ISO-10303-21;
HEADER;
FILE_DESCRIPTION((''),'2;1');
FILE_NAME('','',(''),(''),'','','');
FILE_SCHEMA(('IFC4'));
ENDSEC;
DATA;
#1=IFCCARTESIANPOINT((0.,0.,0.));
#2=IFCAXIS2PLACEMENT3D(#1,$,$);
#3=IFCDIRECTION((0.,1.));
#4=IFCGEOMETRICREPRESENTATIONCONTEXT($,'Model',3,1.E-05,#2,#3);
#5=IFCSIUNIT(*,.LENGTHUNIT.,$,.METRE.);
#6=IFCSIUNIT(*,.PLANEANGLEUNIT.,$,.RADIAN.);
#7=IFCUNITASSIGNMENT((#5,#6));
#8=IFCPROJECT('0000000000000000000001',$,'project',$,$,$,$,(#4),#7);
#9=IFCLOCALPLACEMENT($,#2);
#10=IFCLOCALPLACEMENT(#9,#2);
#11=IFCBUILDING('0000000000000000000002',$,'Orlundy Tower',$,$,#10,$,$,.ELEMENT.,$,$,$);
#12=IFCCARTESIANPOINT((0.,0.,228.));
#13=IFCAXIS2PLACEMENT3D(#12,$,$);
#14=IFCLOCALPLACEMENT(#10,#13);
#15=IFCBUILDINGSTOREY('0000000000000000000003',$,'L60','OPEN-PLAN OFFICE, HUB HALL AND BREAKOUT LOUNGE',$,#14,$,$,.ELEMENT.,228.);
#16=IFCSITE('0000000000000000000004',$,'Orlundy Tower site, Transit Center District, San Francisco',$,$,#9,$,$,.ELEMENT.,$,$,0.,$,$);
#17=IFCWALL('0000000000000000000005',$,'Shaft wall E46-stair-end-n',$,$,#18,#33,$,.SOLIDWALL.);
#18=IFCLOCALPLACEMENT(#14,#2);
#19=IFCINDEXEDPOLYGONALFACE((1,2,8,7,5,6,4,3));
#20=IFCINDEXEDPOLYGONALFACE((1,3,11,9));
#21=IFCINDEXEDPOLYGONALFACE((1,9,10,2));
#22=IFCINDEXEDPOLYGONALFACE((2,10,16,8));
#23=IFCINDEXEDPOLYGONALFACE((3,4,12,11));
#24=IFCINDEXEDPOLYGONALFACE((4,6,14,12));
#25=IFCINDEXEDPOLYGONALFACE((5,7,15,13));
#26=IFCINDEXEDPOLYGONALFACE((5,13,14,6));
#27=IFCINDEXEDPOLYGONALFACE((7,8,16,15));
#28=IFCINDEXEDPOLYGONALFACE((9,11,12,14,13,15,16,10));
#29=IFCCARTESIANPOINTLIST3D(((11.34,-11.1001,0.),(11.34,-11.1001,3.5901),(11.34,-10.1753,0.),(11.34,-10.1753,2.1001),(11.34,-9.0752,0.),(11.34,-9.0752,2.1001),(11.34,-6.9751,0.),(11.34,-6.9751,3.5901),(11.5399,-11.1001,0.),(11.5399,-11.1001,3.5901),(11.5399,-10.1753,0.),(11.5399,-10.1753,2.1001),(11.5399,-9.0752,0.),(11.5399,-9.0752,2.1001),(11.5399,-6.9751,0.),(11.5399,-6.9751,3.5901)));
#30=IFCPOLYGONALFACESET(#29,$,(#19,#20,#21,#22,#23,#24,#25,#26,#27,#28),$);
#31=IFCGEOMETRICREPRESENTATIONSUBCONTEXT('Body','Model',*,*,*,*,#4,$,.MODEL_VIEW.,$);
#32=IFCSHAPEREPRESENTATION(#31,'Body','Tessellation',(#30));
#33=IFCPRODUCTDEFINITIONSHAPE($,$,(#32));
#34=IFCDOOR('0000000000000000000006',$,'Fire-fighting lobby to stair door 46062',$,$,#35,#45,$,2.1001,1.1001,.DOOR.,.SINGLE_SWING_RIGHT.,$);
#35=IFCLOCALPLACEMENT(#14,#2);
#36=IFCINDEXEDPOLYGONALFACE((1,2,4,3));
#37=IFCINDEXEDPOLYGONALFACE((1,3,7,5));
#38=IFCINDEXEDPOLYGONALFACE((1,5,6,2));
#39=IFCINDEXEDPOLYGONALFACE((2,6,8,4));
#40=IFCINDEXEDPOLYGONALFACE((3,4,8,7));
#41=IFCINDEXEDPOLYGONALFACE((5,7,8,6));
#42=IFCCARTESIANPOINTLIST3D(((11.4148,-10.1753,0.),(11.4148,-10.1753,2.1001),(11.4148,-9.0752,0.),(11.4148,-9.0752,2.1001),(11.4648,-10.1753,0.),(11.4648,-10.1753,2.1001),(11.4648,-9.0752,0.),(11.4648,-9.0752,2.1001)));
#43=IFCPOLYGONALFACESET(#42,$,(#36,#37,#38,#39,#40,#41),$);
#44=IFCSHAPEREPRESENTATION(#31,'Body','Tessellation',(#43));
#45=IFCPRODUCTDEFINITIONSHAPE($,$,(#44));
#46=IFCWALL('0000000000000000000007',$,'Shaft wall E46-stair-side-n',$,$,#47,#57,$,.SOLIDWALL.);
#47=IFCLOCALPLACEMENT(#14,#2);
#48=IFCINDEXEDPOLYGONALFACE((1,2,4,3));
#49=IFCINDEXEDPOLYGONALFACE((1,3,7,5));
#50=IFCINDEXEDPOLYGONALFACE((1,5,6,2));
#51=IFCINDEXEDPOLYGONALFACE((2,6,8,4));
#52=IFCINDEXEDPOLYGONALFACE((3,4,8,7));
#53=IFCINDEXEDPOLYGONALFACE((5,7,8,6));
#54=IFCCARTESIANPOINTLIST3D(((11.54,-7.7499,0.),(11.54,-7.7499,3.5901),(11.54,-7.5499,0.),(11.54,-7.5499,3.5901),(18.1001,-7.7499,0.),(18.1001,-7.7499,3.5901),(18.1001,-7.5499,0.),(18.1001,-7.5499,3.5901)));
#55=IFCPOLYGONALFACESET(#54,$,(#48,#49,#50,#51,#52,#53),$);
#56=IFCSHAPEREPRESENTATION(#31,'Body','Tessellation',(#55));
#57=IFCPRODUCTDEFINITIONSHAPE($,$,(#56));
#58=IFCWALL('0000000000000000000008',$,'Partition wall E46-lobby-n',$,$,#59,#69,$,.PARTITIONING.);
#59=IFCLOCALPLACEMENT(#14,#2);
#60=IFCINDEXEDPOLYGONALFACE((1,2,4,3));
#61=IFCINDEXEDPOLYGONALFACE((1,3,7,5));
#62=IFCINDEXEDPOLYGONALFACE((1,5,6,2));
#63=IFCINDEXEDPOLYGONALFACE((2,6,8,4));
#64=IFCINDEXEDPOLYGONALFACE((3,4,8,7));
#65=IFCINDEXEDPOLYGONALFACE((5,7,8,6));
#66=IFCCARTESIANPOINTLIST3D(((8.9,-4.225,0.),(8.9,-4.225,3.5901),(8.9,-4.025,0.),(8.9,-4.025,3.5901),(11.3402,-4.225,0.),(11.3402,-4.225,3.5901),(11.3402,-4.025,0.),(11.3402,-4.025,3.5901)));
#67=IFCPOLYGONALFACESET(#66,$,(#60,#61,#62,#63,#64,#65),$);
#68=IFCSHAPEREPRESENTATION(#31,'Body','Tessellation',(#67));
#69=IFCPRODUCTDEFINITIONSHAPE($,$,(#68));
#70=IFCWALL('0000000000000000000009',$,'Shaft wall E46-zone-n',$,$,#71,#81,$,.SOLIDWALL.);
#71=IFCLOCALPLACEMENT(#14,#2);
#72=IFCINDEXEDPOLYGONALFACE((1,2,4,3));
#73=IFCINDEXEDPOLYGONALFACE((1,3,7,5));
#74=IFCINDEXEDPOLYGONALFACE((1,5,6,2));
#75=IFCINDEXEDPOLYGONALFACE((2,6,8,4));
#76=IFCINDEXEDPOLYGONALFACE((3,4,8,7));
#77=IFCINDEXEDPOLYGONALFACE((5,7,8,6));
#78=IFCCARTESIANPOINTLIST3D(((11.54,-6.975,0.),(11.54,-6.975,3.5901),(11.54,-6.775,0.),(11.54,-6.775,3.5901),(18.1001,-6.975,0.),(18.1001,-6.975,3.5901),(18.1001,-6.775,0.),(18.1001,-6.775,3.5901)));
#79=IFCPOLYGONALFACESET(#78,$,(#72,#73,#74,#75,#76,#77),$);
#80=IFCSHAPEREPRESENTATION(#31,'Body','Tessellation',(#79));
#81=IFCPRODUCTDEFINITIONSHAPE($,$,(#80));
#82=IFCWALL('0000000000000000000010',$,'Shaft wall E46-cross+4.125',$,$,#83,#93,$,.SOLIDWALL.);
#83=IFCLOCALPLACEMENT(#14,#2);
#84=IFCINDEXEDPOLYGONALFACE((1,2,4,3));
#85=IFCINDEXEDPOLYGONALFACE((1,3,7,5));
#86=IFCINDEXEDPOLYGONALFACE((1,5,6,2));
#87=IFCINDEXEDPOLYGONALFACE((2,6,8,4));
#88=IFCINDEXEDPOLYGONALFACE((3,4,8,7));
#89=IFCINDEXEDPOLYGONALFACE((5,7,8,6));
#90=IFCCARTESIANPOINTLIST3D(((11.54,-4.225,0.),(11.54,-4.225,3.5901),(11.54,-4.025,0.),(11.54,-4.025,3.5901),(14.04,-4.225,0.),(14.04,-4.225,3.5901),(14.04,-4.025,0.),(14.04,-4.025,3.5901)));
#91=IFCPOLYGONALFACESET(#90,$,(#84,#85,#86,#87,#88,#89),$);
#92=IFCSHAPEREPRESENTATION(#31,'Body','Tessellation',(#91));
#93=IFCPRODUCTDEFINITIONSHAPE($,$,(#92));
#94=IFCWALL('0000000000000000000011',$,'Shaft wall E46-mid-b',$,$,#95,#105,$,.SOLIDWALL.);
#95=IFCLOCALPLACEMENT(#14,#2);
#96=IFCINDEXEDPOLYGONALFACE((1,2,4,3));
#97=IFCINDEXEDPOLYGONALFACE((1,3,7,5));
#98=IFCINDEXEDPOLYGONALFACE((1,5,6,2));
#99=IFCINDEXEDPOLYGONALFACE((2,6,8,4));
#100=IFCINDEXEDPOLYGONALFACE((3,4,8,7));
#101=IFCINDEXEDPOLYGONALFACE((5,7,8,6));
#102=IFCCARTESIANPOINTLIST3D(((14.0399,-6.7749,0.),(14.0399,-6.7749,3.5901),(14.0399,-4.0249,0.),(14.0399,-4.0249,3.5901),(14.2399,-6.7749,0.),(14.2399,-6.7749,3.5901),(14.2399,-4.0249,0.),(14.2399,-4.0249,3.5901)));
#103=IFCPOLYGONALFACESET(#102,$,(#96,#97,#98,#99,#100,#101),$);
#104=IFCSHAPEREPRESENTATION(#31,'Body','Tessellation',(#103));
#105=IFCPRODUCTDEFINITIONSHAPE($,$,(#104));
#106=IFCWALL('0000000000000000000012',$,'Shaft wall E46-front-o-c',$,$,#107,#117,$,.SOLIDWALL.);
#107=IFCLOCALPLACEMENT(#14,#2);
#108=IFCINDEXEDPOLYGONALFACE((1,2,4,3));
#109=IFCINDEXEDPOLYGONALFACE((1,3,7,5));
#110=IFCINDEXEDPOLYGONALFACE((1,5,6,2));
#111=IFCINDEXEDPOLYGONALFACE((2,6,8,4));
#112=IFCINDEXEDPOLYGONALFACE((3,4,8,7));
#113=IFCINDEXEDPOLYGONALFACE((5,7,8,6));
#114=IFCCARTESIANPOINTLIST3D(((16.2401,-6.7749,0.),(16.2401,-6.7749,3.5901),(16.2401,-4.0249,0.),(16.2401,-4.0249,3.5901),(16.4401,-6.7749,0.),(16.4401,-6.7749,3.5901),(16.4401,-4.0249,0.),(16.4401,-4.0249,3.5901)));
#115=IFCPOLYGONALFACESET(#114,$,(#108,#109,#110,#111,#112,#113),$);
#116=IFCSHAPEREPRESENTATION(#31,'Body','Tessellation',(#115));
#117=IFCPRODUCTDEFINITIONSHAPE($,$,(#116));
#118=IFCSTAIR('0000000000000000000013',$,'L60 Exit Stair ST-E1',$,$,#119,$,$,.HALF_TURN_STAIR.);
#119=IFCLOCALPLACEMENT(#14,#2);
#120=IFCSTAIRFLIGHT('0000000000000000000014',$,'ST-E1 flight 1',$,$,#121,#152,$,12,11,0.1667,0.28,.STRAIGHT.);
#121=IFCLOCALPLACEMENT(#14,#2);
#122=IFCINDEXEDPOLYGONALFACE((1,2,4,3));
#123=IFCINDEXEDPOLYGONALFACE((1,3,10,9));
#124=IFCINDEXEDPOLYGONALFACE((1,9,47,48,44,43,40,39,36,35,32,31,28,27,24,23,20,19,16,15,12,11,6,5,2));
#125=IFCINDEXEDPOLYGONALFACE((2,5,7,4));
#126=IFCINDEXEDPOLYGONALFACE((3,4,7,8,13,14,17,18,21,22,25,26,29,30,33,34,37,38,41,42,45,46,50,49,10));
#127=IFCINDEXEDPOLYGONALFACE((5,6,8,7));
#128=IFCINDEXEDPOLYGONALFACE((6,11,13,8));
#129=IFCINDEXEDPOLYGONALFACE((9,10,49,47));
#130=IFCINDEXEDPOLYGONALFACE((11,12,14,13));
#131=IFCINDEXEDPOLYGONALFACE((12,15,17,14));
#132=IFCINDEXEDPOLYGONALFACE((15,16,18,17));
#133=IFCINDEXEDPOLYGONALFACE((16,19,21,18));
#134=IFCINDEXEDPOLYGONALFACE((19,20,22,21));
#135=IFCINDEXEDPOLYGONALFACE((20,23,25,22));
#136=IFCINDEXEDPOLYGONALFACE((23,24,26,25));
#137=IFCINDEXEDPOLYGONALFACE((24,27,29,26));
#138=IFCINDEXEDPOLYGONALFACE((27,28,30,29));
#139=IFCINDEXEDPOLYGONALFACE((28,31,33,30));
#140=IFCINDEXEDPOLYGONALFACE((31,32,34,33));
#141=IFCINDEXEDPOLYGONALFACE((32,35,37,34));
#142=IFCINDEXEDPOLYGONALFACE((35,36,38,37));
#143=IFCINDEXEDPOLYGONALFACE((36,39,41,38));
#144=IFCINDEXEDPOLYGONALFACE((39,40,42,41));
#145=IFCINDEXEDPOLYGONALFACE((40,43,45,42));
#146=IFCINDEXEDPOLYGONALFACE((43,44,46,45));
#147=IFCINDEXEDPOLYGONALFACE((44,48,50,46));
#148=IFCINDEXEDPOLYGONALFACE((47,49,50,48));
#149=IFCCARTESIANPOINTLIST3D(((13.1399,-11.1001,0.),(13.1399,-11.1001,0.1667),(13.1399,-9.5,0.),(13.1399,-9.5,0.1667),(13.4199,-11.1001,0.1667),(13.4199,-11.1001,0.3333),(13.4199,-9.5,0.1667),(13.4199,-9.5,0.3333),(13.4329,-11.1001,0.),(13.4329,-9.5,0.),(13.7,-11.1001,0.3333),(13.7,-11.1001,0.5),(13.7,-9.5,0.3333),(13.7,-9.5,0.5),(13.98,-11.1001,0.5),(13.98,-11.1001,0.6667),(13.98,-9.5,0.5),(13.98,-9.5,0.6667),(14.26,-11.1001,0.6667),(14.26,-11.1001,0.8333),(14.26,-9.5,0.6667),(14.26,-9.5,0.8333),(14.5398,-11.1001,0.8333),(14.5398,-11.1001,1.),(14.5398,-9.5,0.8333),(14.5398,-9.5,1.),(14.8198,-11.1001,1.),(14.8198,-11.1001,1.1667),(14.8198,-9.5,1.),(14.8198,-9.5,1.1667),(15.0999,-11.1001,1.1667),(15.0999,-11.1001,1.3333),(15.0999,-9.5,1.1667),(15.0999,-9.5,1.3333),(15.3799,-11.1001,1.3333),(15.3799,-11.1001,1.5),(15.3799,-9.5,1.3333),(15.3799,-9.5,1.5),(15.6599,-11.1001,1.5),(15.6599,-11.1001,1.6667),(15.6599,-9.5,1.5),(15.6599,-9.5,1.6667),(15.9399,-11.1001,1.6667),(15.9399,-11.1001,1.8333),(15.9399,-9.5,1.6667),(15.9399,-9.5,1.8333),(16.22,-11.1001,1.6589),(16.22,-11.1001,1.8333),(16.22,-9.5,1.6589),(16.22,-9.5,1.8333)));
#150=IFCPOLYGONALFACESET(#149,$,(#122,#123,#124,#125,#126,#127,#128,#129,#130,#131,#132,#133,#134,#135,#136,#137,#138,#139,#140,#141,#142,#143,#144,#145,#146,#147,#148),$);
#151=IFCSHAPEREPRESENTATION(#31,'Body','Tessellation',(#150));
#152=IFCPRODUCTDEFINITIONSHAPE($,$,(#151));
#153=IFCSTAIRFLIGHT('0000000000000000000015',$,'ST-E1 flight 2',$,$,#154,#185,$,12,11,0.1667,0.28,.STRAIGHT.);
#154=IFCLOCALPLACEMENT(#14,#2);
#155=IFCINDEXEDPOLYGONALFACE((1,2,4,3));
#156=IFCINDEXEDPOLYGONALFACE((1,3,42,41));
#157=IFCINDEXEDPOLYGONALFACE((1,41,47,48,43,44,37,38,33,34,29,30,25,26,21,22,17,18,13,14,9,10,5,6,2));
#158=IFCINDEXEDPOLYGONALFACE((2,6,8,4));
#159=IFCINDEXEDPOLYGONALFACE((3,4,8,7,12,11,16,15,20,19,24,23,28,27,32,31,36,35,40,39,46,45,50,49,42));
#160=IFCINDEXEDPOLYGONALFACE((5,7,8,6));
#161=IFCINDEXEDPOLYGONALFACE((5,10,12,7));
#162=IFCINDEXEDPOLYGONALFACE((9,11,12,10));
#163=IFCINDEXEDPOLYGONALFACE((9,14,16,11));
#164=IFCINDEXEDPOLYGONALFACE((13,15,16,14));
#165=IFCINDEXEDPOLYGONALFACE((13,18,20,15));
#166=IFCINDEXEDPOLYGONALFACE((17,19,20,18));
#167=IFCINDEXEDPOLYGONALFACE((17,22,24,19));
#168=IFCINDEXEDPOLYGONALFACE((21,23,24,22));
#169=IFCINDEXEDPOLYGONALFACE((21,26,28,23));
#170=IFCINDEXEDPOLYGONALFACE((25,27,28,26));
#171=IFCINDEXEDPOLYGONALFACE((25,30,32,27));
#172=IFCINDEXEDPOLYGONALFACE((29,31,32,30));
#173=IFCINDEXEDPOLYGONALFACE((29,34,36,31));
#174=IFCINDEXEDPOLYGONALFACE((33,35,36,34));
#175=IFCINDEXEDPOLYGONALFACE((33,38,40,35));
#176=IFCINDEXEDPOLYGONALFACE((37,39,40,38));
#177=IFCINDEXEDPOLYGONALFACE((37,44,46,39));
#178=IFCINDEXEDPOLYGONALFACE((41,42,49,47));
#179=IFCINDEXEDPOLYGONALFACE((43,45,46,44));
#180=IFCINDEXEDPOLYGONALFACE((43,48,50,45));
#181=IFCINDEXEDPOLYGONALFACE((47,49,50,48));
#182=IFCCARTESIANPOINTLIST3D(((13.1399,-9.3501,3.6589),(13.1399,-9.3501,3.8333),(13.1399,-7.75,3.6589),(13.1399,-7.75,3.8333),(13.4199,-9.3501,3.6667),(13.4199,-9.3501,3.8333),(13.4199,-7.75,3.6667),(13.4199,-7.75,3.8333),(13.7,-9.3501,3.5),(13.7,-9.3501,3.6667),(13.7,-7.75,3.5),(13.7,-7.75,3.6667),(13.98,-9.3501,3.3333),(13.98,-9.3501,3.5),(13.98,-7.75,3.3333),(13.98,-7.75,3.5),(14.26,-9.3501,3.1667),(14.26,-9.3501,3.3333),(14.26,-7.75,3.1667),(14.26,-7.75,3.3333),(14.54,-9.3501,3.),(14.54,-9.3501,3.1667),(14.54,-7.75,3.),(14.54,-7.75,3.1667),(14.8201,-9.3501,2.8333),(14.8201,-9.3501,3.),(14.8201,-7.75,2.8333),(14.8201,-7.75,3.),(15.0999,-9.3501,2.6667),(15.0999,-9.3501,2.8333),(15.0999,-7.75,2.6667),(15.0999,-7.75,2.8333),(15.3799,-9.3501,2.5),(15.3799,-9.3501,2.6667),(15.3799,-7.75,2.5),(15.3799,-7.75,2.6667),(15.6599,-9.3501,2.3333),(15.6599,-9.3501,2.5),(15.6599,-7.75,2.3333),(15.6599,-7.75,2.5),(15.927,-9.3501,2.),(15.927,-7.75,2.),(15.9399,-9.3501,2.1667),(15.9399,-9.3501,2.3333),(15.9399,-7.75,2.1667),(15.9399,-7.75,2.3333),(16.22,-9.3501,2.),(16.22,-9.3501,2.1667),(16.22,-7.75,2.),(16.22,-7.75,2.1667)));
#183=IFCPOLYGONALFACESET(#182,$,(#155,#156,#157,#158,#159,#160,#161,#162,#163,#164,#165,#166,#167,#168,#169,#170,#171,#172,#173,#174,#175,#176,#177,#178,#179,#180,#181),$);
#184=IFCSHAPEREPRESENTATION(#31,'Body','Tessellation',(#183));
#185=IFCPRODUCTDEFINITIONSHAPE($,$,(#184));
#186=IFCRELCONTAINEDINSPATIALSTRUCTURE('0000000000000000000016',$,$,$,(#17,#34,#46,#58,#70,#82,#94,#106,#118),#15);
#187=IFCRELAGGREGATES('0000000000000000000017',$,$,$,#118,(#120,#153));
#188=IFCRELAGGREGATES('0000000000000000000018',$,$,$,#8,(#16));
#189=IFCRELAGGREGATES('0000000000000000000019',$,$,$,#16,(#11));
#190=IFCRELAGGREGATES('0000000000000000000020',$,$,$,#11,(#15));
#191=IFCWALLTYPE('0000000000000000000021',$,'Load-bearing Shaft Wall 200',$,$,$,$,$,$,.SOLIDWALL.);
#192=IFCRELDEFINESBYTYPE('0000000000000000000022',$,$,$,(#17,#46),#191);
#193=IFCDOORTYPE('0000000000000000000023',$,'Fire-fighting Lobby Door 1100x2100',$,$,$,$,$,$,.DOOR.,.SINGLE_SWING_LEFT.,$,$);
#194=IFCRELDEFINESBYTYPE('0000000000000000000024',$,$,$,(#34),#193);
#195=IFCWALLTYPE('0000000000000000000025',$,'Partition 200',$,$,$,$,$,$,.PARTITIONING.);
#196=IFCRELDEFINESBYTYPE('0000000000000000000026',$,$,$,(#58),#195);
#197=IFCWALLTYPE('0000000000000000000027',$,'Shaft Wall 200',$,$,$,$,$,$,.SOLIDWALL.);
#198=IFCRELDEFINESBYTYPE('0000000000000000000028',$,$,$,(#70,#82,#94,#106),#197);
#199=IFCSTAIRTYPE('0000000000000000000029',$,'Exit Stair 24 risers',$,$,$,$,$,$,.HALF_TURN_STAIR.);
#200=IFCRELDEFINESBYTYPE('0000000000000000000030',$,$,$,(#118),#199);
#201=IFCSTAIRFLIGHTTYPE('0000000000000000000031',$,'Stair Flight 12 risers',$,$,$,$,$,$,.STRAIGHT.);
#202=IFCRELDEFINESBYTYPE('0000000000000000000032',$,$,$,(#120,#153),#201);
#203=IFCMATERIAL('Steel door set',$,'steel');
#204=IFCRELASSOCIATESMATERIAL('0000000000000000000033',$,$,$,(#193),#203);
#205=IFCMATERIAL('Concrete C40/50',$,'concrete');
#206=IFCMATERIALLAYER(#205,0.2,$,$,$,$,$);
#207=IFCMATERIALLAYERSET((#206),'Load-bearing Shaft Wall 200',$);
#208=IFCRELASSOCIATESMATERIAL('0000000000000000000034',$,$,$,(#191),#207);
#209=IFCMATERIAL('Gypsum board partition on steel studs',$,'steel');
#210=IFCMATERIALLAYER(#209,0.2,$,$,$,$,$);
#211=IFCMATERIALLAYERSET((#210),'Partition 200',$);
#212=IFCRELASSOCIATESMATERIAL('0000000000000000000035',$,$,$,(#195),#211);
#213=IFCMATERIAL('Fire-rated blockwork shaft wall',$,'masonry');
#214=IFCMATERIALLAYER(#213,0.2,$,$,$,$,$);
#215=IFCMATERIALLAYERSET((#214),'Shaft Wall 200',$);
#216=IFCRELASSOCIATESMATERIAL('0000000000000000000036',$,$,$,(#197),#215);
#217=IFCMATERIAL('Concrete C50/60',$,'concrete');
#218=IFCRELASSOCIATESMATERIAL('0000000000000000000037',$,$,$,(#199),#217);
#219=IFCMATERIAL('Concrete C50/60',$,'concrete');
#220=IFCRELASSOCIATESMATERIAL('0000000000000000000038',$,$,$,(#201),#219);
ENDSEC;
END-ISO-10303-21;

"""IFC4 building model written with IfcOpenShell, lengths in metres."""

from ifc_helpers import new_model, si_unit, direction, frame, frame_2d, origin, place, context, subcontext, project, spatial, polyline, rectangle, outline, extrude, material, layer, layer_set, type_object, element, fill, aggregate, save


model = new_model("IFC4")

# Units and contexts
model_context = context("Model", 3, precision=1e-05, world=origin(), true_north=direction((0.0, 1.0)))
body_context = subcontext(model_context, "Body", "Model", "MODEL_VIEW")
ifc_project = project(units=[si_unit("LENGTHUNIT", "METRE"), si_unit("PLANEANGLEUNIT", "RADIAN")], contexts=[model_context])

# Site, building, storey
site_placement = place(None, origin())
site = spatial("IfcSite", under=ifc_project, at=site_placement, Name="Orlundy Tower site, Transit Center District, San Francisco", CompositionType="ELEMENT", RefElevation=0.0)
building_placement = place(site_placement, origin())
building = spatial("IfcBuilding", under=site, at=building_placement, Name="Orlundy Tower", CompositionType="ELEMENT")
storey_placement = place(building_placement, frame((0.0, 0.0, 228.0)))
storey = spatial("IfcBuildingStorey", under=building, at=storey_placement, Name="L60", Description="OPEN-PLAN OFFICE, HUB HALL AND BREAKOUT LOUNGE", CompositionType="ELEMENT", Elevation=228.0)

# Shared definitions
ifc_material_1 = material(Name="Steel door set", Category="steel")
door_type_1 = type_object("IfcDoorType", Name="Fire-fighting Lobby Door 1100x2100", OperationType="SINGLE_SWING_LEFT", PredefinedType="DOOR", material=ifc_material_1)

# Wall, opening, door
ifc_material_2 = material(Name="Concrete C40/50", Category="concrete")
ifc_layer_1 = layer(ifc_material_2, 0.2)
ifc_layer_set_1 = layer_set([ifc_layer_1], Name="Load-bearing Shaft Wall 200")
wall_type_1 = type_object("IfcWallType", Name="Load-bearing Shaft Wall 200", PredefinedType="SOLIDWALL", material=ifc_layer_set_1)
wall_1_placement = place(storey_placement, frame((11.4399, -6.9751, 0.0), z_axis=(0.0, 0.0, 1.0), x_axis=(0.0, -1.0, 0.0)))
wall_1 = element("IfcWall", 1, at=wall_1_placement, inside=storey, type_object=wall_type_1, Name="Shaft wall E46-stair-end-n", PredefinedType="SOLIDWALL", context=body_context, shape_type="SweptSolid", body=[
    extrude(rectangle(XDim=4.125, YDim=0.2, at=frame_2d((2.0625, 0.0))), origin(), (0.0, 0.0, 1.0), 3.5901),
])
opening_1_placement = place(wall_1_placement, frame((2.1001, 0.0, 0.0)))
opening_1 = element("IfcOpeningElement", 2, at=opening_1_placement, cuts=wall_1, PredefinedType="OPENING", context=body_context, shape_type="SweptSolid", body=[
    extrude(rectangle(XDim=1.1001, YDim=2.1001, at=frame_2d((0.55, 1.05))), frame((0.0, 0.1101, 0.0), z_axis=(0.0, -1.0, 0.0), x_axis=(1.0, 0.0, 0.0)), (0.0, 0.0, 1.0), 0.2202),
])
door_1_placement = place(opening_1_placement, origin())
door_1 = element("IfcDoor", 3, at=door_1_placement, inside=storey, type_object=door_type_1, Name="Fire-fighting lobby to stair door 46062", OperationType="SINGLE_SWING_RIGHT", OverallHeight=2.1001, OverallWidth=1.1001, PredefinedType="DOOR", context=body_context, shape_type="SweptSolid", body=[
    extrude(rectangle(XDim=1.1001, YDim=2.1001, at=frame_2d((0.55, 1.05))), frame((0.0, 0.0249, 0.0), z_axis=(0.0, -1.0, 0.0), x_axis=(1.0, 0.0, 0.0)), (0.0, 0.0, 1.0), 0.05),
])
fill(opening_1, door_1)

# Walls
wall_2_placement = place(storey_placement, frame((11.54, -7.6499, 0.0), z_axis=(0.0, 0.0, 1.0), x_axis=(1.0, 0.0, 0.0)))
element("IfcWall", 4, at=wall_2_placement, inside=storey, type_object=wall_type_1, Name="Shaft wall E46-stair-side-n", PredefinedType="SOLIDWALL", context=body_context, shape_type="SweptSolid", body=[
    extrude(rectangle(XDim=6.5601, YDim=0.2, at=frame_2d((3.28, 0.0))), origin(), (0.0, 0.0, 1.0), 3.5901),
])
ifc_material_3 = material(Name="Gypsum board partition on steel studs", Category="steel")
ifc_layer_2 = layer(ifc_material_3, 0.2)
ifc_layer_set_2 = layer_set([ifc_layer_2], Name="Partition 200")
wall_type_2 = type_object("IfcWallType", Name="Partition 200", PredefinedType="PARTITIONING", material=ifc_layer_set_2)
wall_3_placement = place(storey_placement, frame((8.8999, -4.125, 0.0), z_axis=(0.0, 0.0, 1.0), x_axis=(1.0, 0.0, 0.0)))
element("IfcWall", 5, at=wall_3_placement, inside=storey, type_object=wall_type_2, Name="Partition wall E46-lobby-n", PredefinedType="PARTITIONING", context=body_context, shape_type="SweptSolid", body=[
    extrude(rectangle(XDim=2.4402, YDim=0.2, at=frame_2d((1.2202, 0.0))), origin(), (0.0, 0.0, 1.0), 3.5901),
])
ifc_material_4 = material(Name="Fire-rated blockwork shaft wall", Category="masonry")
ifc_layer_3 = layer(ifc_material_4, 0.2)
ifc_layer_set_3 = layer_set([ifc_layer_3], Name="Shaft Wall 200")
wall_type_3 = type_object("IfcWallType", Name="Shaft Wall 200", PredefinedType="SOLIDWALL", material=ifc_layer_set_3)
wall_4_placement = place(storey_placement, frame((11.54, -6.875, 0.0), z_axis=(0.0, 0.0, 1.0), x_axis=(1.0, 0.0, 0.0)))
element("IfcWall", 6, at=wall_4_placement, inside=storey, type_object=wall_type_3, Name="Shaft wall E46-zone-n", PredefinedType="SOLIDWALL", context=body_context, shape_type="SweptSolid", body=[
    extrude(rectangle(XDim=6.5601, YDim=0.2, at=frame_2d((3.28, 0.0))), origin(), (0.0, 0.0, 1.0), 3.5901),
])
wall_5_placement = place(storey_placement, frame((11.54, -4.125, 0.0), z_axis=(0.0, 0.0, 1.0), x_axis=(1.0, 0.0, 0.0)))
element("IfcWall", 7, at=wall_5_placement, inside=storey, type_object=wall_type_3, Name="Shaft wall E46-cross+4.125", PredefinedType="SOLIDWALL", context=body_context, shape_type="SweptSolid", body=[
    extrude(rectangle(XDim=2.5, YDim=0.2, at=frame_2d((1.25, 0.0))), origin(), (0.0, 0.0, 1.0), 3.5901),
])
for number, where, z_axis, x_axis, name in (
    (8, (14.1399, -4.0249, 0.0), (0.0, 0.0, 1.0), (0.0, -1.0, 0.0), "Shaft wall E46-mid-b"),
    (9, (16.3401, -4.0249, 0.0), (0.0, 0.0, 1.0), (0.0, -1.0, 0.0), "Shaft wall E46-front-o-c"),
):
    element("IfcWall", number, at=place(storey_placement, frame(where, z_axis=z_axis, x_axis=x_axis)), inside=storey, type_object=wall_type_3, Name=name, PredefinedType="SOLIDWALL", context=body_context, shape_type="SweptSolid", body=[
        extrude(rectangle(XDim=2.75, YDim=0.2, at=frame_2d((1.375, 0.0))), origin(), (0.0, 0.0, 1.0), 3.5901),
    ])

# Stair, stair flights
ifc_material_5 = material(Name="Concrete C50/60", Category="concrete")
stair_type = type_object("IfcStairType", Name="Exit Stair 24 risers", PredefinedType="HALF_TURN_STAIR", material=ifc_material_5)
stair_placement = place(storey_placement, origin())
stair = element("IfcStair", 10, at=stair_placement, inside=storey, type_object=stair_type, Name="L60 Exit Stair ST-E1", PredefinedType="HALF_TURN_STAIR")
ifc_material_6 = material(Name="Concrete C50/60", Category="concrete")
stair_flight_type = type_object("IfcStairFlightType", Name="Stair Flight 12 risers", PredefinedType="STRAIGHT", material=ifc_material_6)
stair_flight_1_placement = place(storey_placement, frame((13.1399, -10.3, 0.0), z_axis=(0.0, 0.0, 1.0), x_axis=(1.0, 0.0, 0.0)))
stair_flight_1 = element("IfcStairFlight", 11, at=stair_flight_1_placement, type_object=stair_flight_type, Name="ST-E1 flight 1", NumberOfRisers=12, NumberOfTreads=11, PredefinedType="STRAIGHT", RiserHeight=0.1667, TreadLength=0.28, context=body_context, shape_type="SweptSolid", body=[
    extrude(outline(polyline([(0.0, 0.0), (0.0, 0.1667), (0.28, 0.1667), (0.28, 0.3333), (0.5601, 0.3333), (0.5601, 0.5), (0.8401, 0.5), (0.8401, 0.6667), (1.1201, 0.6667), (1.1201, 0.8333), (1.3999, 0.8333), (1.3999, 1.0), (1.6799, 1.0), (1.6799, 1.1667), (1.96, 1.1667), (1.96, 1.3333), (2.24, 1.3333), (2.24, 1.5), (2.52, 1.5), (2.52, 1.6667), (2.8, 1.6667), (2.8, 1.8333), (3.0801, 1.8333), (3.0801, 2.0), (3.0801, 1.6589), (0.293, 0.0), (0.0, 0.0)])), frame((0.0, 0.8, 0.0), z_axis=(0.0, -1.0, 0.0), x_axis=(1.0, 0.0, 0.0)), (0.0, 0.0, 1.0), 1.6001),
])
stair_flight_2_placement = place(storey_placement, frame((16.22, -8.55, 2.0), z_axis=(0.0, 0.0, 1.0), x_axis=(-1.0, 0.0, 0.0)))
stair_flight_2 = element("IfcStairFlight", 12, at=stair_flight_2_placement, type_object=stair_flight_type, Name="ST-E1 flight 2", NumberOfRisers=12, NumberOfTreads=11, PredefinedType="STRAIGHT", RiserHeight=0.1667, TreadLength=0.28, context=body_context, shape_type="SweptSolid", body=[
    extrude(outline(polyline([(0.0, 0.0), (0.0, 0.1667), (0.28, 0.1667), (0.28, 0.3333), (0.5601, 0.3333), (0.5601, 0.5), (0.8401, 0.5), (0.8401, 0.6667), (1.1201, 0.6667), (1.1201, 0.8333), (1.3999, 0.8333), (1.3999, 1.0), (1.6799, 1.0), (1.6799, 1.1667), (1.96, 1.1667), (1.96, 1.3333), (2.24, 1.3333), (2.24, 1.5), (2.52, 1.5), (2.52, 1.6667), (2.8, 1.6667), (2.8, 1.8333), (3.0801, 1.8333), (3.0801, 2.0), (3.0801, 1.6589), (0.293, 0.0), (0.0, 0.0)])), frame((0.0, 0.8, 0.0), z_axis=(0.0, -1.0, 0.0), x_axis=(1.0, 0.0, 0.0)), (0.0, 0.0, 1.0), 1.6001),
])
aggregate(stair, [stair_flight_1, stair_flight_2])

save(model, "model.ifc")
